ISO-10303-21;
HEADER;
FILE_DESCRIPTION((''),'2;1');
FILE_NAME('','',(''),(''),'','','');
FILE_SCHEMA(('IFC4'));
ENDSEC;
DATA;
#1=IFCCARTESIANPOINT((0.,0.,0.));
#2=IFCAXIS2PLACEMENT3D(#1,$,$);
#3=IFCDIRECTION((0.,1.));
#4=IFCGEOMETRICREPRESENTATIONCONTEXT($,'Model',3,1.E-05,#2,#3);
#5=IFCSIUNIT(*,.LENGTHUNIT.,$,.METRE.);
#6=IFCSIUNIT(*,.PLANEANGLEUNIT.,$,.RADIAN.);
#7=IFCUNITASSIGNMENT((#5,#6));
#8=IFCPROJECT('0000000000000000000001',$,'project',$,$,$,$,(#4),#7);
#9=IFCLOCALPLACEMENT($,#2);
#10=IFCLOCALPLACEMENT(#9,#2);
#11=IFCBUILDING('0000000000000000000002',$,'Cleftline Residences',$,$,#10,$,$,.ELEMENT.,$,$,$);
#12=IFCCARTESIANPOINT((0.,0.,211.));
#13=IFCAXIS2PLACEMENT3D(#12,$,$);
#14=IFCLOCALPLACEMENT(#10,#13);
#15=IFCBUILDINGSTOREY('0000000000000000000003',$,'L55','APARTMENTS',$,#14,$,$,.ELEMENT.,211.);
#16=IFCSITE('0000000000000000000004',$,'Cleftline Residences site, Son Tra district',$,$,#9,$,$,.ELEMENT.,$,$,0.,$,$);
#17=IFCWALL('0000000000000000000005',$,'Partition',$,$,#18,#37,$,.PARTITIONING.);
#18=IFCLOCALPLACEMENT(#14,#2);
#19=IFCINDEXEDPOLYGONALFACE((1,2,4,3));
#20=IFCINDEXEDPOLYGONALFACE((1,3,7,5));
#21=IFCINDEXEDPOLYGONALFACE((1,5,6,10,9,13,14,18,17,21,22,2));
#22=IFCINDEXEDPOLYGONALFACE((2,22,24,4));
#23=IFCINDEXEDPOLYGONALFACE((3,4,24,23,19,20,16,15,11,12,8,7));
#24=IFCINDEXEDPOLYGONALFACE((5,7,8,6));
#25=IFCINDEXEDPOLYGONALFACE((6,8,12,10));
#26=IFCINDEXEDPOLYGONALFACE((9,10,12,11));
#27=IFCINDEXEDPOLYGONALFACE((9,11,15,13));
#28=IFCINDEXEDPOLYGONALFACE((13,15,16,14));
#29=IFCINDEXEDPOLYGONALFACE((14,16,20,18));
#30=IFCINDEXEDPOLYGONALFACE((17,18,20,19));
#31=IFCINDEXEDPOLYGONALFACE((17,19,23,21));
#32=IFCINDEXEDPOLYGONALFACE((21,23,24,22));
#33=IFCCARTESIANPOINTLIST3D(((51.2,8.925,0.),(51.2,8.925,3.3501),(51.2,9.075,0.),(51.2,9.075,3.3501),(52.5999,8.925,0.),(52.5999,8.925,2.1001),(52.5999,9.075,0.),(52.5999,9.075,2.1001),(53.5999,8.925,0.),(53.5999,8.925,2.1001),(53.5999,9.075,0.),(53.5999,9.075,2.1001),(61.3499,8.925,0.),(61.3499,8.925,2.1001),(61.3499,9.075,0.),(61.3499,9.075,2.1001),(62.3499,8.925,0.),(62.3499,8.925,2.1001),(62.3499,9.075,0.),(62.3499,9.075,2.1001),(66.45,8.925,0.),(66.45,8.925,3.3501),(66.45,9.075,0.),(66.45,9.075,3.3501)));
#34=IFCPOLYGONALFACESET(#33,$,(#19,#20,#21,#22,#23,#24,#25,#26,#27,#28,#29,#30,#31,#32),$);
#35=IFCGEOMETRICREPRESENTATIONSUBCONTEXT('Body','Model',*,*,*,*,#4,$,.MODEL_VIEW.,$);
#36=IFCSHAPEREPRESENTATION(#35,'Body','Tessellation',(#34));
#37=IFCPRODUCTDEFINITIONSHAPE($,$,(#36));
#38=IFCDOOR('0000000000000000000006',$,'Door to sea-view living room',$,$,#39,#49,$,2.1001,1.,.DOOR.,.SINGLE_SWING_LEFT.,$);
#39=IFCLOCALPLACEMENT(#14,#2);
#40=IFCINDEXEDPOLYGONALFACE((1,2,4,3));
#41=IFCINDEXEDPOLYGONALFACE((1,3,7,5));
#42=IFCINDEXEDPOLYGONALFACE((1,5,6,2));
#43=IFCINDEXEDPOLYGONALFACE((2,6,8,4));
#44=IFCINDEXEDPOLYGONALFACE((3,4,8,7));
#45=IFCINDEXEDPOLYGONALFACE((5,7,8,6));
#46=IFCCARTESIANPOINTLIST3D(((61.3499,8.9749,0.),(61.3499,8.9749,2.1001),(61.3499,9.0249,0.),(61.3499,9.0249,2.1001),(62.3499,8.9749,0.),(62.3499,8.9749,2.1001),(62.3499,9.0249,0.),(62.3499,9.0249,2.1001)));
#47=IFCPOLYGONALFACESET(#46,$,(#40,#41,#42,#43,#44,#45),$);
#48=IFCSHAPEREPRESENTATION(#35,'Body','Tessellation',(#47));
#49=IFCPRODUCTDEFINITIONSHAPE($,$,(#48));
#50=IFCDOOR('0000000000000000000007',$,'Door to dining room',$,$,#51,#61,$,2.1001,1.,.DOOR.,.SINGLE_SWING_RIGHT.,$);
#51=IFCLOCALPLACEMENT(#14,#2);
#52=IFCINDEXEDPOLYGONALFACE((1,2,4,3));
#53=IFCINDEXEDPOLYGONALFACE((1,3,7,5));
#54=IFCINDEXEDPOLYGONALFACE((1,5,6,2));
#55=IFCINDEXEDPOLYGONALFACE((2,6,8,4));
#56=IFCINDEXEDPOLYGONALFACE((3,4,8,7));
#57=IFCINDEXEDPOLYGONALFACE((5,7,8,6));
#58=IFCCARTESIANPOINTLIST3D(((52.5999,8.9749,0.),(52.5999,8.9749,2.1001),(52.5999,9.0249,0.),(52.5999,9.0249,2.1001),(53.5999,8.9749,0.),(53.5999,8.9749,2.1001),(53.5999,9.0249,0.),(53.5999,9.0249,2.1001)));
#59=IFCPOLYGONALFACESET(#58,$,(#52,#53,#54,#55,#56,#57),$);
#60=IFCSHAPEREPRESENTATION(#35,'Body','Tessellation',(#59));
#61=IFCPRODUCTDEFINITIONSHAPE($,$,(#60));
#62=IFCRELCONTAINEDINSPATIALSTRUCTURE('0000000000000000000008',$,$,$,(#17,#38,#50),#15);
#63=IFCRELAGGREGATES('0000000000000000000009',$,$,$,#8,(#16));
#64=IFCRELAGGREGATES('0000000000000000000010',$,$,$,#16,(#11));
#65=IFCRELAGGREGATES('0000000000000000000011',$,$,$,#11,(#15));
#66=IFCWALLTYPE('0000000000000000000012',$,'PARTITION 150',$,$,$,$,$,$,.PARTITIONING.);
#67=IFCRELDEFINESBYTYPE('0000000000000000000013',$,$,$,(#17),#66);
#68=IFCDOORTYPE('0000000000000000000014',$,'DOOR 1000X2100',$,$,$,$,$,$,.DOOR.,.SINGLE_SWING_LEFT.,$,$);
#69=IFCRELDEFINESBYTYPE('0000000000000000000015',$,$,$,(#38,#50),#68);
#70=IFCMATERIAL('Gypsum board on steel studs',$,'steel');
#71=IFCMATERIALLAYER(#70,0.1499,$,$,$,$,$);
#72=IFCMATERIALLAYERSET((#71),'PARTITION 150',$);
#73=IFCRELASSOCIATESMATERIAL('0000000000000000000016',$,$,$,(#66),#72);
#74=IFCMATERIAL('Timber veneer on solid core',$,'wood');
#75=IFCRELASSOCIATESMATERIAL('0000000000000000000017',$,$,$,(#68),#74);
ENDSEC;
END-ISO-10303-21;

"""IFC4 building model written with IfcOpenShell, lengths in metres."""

from ifc_helpers import new_model, si_unit, direction, frame, frame_2d, origin, place, context, subcontext, project, spatial, rectangle, extrude, material, layer, layer_set, type_object, element, fill, save


model = new_model("IFC4")

# Units and contexts
model_context = context("Model", 3, precision=1e-05, world=origin(), true_north=direction((0.0, 1.0)))
body_context = subcontext(model_context, "Body", "Model", "MODEL_VIEW")
ifc_project = project(units=[si_unit("LENGTHUNIT", "METRE"), si_unit("PLANEANGLEUNIT", "RADIAN")], contexts=[model_context])

# Site, building, storey
site_placement = place(None, origin())
site = spatial("IfcSite", under=ifc_project, at=site_placement, Name="Cleftline Residences site, Son Tra district", CompositionType="ELEMENT", RefElevation=0.0)
building_placement = place(site_placement, origin())
building = spatial("IfcBuilding", under=site, at=building_placement, Name="Cleftline Residences", CompositionType="ELEMENT")
storey_placement = place(building_placement, frame((0.0, 0.0, 211.0)))
storey = spatial("IfcBuildingStorey", under=building, at=storey_placement, Name="L55", Description="APARTMENTS", CompositionType="ELEMENT", Elevation=211.0)

# Wall, openings, doors
ifc_material_1 = material(Name="Gypsum board on steel studs", Category="steel")
ifc_layer_1 = layer(ifc_material_1, 0.1499)
ifc_layer_set_1 = layer_set([ifc_layer_1], Name="PARTITION 150")
wall_type = type_object("IfcWallType", Name="PARTITION 150", PredefinedType="PARTITIONING", material=ifc_layer_set_1)
ifc_material_2 = material(Name="Timber veneer on solid core", Category="wood")
door_type_1 = type_object("IfcDoorType", Name="DOOR 1000X2100", OperationType="SINGLE_SWING_LEFT", PredefinedType="DOOR", material=ifc_material_2)
wall_1_placement = place(storey_placement, frame((51.2, 9.0, 0.0), z_axis=(0.0, 0.0, 1.0), x_axis=(1.0, 0.0, 0.0)))
wall_1 = element("IfcWall", 1, at=wall_1_placement, inside=storey, type_object=wall_type, Name="Partition", PredefinedType="PARTITIONING", context=body_context, shape_type="SweptSolid", body=[
    extrude(rectangle(XDim=15.25, YDim=0.1499, at=frame_2d((7.625, 0.0))), origin(), (0.0, 0.0, 1.0), 3.3501),
])
opening_1_placement = place(wall_1_placement, frame((10.1499, 0.0, 0.0)))
opening_1 = element("IfcOpeningElement", 2, at=opening_1_placement, cuts=wall_1, PredefinedType="OPENING", context=body_context, shape_type="SweptSolid", body=[
    extrude(rectangle(XDim=1.0, YDim=2.1001, at=frame_2d((0.5, 1.05))), frame((0.0, 0.085, 0.0), z_axis=(0.0, -1.0, 0.0), x_axis=(1.0, 0.0, 0.0)), (0.0, 0.0, 1.0), 0.1699),
])
opening_2_placement = place(wall_1_placement, frame((1.3999, 0.0, 0.0)))
opening_2 = element("IfcOpeningElement", 3, at=opening_2_placement, cuts=wall_1, PredefinedType="OPENING", context=body_context, shape_type="SweptSolid", body=[
    extrude(rectangle(XDim=1.0, YDim=2.1001, at=frame_2d((0.5, 1.05))), frame((0.0, 0.085, 0.0), z_axis=(0.0, -1.0, 0.0), x_axis=(1.0, 0.0, 0.0)), (0.0, 0.0, 1.0), 0.1699),
])
door_1_placement = place(opening_1_placement, origin())
door_1 = element("IfcDoor", 4, at=door_1_placement, inside=storey, type_object=door_type_1, Name="Door to sea-view living room", OperationType="SINGLE_SWING_LEFT", OverallHeight=2.1001, OverallWidth=1.0, PredefinedType="DOOR", context=body_context, shape_type="SweptSolid", body=[
    extrude(rectangle(XDim=1.0, YDim=2.1001, at=frame_2d((0.5, 1.05))), frame((0.0, 0.0249, 0.0), z_axis=(0.0, -1.0, 0.0), x_axis=(1.0, 0.0, 0.0)), (0.0, 0.0, 1.0), 0.05),
])
fill(opening_1, door_1)
door_2_placement = place(opening_2_placement, origin())
door_2 = element("IfcDoor", 5, at=door_2_placement, inside=storey, type_object=door_type_1, Name="Door to dining room", OperationType="SINGLE_SWING_RIGHT", OverallHeight=2.1001, OverallWidth=1.0, PredefinedType="DOOR", context=body_context, shape_type="SweptSolid", body=[
    extrude(rectangle(XDim=1.0, YDim=2.1001, at=frame_2d((0.5, 1.05))), frame((0.0, 0.0249, 0.0), z_axis=(0.0, -1.0, 0.0), x_axis=(1.0, 0.0, 0.0)), (0.0, 0.0, 1.0), 0.05),
])
fill(opening_2, door_2)

save(model, "model.ifc")
